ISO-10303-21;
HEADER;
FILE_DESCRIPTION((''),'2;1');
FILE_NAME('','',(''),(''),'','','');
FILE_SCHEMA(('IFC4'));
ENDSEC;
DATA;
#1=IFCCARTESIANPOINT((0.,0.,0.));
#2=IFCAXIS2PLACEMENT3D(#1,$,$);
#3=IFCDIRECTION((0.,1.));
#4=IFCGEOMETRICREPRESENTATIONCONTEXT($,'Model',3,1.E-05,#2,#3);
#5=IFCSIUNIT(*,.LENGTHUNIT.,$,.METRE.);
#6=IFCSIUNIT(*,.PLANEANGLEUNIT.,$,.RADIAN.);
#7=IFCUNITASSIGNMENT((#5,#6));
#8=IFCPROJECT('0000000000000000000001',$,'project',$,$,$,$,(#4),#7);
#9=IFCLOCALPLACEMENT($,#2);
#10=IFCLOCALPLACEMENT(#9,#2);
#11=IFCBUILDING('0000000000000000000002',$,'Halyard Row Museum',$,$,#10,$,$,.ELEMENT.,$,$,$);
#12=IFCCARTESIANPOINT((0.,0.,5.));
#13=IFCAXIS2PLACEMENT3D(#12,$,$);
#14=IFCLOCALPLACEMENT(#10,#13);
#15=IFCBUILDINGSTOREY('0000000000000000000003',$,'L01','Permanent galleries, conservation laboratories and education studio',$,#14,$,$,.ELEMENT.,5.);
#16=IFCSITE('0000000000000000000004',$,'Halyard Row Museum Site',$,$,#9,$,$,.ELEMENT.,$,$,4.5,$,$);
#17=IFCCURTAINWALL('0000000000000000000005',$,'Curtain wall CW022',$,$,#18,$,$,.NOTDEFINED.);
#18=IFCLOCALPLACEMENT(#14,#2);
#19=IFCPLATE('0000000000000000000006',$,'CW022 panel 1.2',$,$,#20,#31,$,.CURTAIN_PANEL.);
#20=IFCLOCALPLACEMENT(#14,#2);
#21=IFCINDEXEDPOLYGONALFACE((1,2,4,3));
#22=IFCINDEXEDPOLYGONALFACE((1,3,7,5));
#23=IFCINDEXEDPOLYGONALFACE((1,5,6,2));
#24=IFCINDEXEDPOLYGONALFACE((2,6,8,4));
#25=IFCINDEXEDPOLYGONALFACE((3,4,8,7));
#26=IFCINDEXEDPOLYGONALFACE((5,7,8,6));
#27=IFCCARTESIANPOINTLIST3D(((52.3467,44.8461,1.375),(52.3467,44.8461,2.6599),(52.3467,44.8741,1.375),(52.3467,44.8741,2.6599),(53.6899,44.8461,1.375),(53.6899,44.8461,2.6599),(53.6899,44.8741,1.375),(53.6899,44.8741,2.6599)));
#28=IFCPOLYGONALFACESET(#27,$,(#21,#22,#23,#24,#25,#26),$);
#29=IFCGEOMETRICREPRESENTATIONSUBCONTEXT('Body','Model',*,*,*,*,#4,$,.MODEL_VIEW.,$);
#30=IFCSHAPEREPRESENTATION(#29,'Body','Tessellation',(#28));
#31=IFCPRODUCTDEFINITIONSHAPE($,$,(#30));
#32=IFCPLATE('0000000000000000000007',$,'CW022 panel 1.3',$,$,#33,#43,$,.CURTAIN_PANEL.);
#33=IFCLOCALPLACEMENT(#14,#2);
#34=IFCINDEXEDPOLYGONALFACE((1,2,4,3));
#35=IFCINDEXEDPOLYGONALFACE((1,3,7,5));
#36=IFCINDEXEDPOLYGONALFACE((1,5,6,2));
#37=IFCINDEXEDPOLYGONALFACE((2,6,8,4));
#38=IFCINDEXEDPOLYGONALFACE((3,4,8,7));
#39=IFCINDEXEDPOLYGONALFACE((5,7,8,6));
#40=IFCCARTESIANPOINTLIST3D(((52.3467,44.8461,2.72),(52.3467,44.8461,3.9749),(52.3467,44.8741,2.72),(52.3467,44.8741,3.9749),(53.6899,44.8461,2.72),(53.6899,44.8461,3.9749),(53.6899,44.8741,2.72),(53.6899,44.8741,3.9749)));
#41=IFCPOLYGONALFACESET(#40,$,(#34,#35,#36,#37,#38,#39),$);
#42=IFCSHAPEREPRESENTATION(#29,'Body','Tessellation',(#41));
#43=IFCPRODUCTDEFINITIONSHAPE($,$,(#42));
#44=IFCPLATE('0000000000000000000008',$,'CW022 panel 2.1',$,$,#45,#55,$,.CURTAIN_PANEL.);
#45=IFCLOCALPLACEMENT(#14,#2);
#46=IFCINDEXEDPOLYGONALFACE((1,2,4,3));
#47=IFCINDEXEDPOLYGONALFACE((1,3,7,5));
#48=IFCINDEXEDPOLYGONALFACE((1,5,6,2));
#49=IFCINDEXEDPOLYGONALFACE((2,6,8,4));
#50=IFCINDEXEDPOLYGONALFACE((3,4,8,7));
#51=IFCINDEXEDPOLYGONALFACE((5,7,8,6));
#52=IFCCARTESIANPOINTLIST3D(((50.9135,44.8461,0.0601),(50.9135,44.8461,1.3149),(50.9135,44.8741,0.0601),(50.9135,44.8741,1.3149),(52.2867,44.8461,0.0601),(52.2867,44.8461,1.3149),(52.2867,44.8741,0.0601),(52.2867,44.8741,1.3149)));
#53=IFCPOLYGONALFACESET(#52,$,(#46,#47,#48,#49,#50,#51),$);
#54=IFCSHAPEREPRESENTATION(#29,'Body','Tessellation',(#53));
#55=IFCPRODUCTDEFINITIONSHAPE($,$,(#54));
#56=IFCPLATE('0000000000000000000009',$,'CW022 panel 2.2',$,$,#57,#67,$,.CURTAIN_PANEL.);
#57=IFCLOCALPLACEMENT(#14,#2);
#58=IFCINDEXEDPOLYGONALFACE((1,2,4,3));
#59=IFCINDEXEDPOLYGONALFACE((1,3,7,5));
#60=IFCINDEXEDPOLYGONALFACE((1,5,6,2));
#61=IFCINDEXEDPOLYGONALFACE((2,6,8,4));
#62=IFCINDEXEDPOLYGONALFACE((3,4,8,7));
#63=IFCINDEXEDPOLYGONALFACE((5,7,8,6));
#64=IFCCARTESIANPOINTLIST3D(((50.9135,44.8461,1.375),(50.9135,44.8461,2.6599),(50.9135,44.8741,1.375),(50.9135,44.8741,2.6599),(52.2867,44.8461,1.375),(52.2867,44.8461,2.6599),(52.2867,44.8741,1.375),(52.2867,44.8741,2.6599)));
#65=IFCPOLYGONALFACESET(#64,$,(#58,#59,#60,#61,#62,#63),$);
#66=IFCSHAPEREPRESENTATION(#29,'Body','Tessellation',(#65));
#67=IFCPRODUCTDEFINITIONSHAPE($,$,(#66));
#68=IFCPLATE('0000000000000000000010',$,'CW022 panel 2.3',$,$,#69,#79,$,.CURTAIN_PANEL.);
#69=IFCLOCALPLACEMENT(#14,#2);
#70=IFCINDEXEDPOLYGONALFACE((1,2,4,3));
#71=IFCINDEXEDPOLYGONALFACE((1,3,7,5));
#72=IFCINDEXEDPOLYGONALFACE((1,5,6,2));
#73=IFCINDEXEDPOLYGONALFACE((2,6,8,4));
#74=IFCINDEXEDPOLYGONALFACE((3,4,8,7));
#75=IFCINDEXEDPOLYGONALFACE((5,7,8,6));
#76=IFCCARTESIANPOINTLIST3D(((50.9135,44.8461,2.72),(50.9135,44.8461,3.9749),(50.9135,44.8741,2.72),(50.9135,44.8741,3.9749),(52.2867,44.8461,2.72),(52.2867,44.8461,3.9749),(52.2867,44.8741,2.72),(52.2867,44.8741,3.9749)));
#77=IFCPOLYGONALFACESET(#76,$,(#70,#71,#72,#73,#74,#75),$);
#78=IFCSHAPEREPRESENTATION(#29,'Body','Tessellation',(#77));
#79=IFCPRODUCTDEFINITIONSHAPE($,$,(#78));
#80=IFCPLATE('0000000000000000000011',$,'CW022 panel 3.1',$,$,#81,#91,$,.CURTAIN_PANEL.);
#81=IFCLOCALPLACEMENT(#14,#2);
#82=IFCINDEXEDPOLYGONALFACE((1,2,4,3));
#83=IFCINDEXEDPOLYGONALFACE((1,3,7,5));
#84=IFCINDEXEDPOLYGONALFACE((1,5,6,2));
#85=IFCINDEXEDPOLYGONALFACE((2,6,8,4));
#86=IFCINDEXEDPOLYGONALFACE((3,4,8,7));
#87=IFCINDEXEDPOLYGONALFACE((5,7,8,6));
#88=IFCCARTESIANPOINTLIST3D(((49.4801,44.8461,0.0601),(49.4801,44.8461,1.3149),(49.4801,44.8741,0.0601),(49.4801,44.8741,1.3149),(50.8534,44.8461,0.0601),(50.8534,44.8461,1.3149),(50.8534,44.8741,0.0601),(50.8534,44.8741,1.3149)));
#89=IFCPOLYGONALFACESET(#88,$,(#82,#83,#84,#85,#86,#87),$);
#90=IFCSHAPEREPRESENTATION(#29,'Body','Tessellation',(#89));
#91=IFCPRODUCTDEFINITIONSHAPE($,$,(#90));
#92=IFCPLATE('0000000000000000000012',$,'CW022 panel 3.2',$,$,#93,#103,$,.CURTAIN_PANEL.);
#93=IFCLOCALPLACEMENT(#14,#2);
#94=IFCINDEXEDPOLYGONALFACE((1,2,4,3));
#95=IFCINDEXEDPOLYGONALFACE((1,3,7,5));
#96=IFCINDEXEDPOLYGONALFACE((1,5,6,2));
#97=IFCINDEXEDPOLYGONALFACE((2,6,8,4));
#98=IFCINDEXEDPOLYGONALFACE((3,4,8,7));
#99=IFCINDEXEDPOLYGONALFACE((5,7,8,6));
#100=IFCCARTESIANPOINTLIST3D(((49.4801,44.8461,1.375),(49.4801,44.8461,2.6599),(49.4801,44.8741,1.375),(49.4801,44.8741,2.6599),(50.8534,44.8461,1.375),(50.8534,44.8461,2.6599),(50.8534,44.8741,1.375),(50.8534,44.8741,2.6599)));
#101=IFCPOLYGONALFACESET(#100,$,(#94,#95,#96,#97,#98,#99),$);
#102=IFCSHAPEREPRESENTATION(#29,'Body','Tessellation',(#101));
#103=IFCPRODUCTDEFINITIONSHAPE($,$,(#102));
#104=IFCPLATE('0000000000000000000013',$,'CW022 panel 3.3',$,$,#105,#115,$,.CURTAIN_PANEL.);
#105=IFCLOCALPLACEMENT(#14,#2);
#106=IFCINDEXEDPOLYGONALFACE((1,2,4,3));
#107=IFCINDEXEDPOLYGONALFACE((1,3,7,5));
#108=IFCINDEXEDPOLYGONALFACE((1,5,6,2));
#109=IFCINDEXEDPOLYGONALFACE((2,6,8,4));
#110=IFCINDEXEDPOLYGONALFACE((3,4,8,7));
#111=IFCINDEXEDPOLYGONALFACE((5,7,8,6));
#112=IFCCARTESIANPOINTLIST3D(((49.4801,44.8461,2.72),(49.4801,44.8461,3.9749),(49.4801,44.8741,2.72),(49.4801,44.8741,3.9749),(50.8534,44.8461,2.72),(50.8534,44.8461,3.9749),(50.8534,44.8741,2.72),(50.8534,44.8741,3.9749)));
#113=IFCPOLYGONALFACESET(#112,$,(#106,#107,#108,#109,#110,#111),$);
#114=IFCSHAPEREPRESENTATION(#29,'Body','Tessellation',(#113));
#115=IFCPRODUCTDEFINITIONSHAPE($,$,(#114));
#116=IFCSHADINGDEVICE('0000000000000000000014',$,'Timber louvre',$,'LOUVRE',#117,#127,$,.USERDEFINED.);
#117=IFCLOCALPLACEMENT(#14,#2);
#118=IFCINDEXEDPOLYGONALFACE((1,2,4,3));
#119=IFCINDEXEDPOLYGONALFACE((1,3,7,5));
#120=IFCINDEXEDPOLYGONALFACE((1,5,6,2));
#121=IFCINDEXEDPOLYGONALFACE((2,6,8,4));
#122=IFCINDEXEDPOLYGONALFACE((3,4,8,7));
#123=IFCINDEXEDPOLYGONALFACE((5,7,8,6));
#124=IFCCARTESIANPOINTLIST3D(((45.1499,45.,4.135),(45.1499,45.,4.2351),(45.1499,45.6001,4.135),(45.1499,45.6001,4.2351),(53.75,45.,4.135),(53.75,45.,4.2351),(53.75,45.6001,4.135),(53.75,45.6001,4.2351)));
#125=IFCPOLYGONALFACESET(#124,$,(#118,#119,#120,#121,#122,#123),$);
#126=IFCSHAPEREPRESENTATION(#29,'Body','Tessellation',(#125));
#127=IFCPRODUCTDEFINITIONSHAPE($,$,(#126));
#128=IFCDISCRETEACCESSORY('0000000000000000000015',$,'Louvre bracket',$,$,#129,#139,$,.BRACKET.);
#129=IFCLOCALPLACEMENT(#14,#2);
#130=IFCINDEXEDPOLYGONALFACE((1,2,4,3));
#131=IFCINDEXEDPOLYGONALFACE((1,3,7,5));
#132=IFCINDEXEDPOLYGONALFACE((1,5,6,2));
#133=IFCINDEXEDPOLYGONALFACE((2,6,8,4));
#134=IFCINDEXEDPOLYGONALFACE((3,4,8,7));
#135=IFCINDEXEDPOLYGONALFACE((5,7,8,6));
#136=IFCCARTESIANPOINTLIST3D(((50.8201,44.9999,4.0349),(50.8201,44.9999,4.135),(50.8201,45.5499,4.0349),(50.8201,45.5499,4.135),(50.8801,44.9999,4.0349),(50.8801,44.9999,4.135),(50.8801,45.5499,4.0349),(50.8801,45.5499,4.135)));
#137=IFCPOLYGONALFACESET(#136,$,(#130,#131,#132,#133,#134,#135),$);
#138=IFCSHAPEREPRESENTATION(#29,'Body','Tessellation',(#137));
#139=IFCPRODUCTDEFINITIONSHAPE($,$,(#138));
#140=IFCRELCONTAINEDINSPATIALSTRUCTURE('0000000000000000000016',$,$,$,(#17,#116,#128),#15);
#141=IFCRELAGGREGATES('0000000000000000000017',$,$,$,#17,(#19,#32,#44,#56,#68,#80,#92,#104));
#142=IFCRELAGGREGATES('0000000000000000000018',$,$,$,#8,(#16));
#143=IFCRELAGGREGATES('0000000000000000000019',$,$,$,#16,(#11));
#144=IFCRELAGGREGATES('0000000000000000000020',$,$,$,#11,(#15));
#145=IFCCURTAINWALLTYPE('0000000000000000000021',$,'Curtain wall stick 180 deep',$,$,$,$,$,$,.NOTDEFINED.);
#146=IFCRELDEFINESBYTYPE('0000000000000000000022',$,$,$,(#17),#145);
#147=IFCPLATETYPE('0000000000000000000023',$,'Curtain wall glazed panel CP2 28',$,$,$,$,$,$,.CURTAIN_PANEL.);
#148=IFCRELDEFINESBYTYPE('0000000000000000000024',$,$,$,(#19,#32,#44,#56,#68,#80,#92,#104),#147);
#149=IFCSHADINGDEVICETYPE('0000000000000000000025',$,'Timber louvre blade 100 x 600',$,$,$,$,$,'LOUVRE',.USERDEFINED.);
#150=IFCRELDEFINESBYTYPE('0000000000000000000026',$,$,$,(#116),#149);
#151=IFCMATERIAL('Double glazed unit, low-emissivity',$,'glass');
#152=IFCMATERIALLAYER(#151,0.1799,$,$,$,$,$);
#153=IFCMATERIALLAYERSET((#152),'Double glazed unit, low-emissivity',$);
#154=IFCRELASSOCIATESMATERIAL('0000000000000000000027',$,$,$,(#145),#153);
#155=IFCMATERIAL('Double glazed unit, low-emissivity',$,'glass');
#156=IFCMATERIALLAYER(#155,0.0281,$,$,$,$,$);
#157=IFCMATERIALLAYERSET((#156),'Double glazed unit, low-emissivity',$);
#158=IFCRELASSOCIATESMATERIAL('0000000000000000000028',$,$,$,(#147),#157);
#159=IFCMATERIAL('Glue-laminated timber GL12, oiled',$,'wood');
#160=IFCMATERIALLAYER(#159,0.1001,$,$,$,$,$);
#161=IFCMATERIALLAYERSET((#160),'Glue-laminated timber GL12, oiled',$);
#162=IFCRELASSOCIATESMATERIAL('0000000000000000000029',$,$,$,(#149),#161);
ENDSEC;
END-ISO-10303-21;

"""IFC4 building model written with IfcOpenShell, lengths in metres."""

from ifc_helpers import new_model, si_unit, direction, frame, origin, origin_2d, place, context, subcontext, project, spatial, rectangle, extrude, material, layer, layer_set, type_object, element, aggregate, save


model = new_model("IFC4")

# Units and contexts
model_context = context("Model", 3, precision=1e-05, world=origin(), true_north=direction((0.0, 1.0)))
body_context = subcontext(model_context, "Body", "Model", "MODEL_VIEW")
ifc_project = project(units=[si_unit("LENGTHUNIT", "METRE"), si_unit("PLANEANGLEUNIT", "RADIAN")], contexts=[model_context])

# Site, building, storey
site_placement = place(None, origin())
site = spatial("IfcSite", under=ifc_project, at=site_placement, Name="Halyard Row Museum Site", CompositionType="ELEMENT", RefElevation=4.5)
building_placement = place(site_placement, origin())
building = spatial("IfcBuilding", under=site, at=building_placement, Name="Halyard Row Museum", CompositionType="ELEMENT")
storey_placement = place(building_placement, frame((0.0, 0.0, 5.0)))
storey = spatial("IfcBuildingStorey", under=building, at=storey_placement, Name="L01", Description="Permanent galleries, conservation laboratories and education studio", CompositionType="ELEMENT", Elevation=5.0)

# Curtain wall, plates
ifc_material_1 = material(Name="Double glazed unit, low-emissivity", Category="glass")
ifc_layer_1 = layer(ifc_material_1, 0.1799)
ifc_layer_set_1 = layer_set([ifc_layer_1], Name="Double glazed unit, low-emissivity")
curtain_wall_type = type_object("IfcCurtainWallType", Name="Curtain wall stick 180 deep", PredefinedType="NOTDEFINED", material=ifc_layer_set_1)
curtain_wall_placement = place(storey_placement, origin())
curtain_wall = element("IfcCurtainWall", 1, at=curtain_wall_placement, inside=storey, type_object=curtain_wall_type, Name="Curtain wall CW022", PredefinedType="NOTDEFINED")
ifc_material_2 = material(Name="Double glazed unit, low-emissivity", Category="glass")
ifc_layer_2 = layer(ifc_material_2, 0.0281)
ifc_layer_set_2 = layer_set([ifc_layer_2], Name="Double glazed unit, low-emissivity")
plate_type = type_object("IfcPlateType", Name="Curtain wall glazed panel CP2 28", PredefinedType="CURTAIN_PANEL", material=ifc_layer_set_2)
plate_1_placement = place(storey_placement, frame((53.0183, 44.8601, 1.375), z_axis=(0.0, 0.0, 1.0), x_axis=(-1.0, 0.0, 0.0)))
plate_1 = element("IfcPlate", 2, at=plate_1_placement, type_object=plate_type, Name="CW022 panel 1.2", PredefinedType="CURTAIN_PANEL", context=body_context, shape_type="SweptSolid", body=[
    extrude(rectangle(XDim=1.3433, YDim=0.0281, at=origin_2d()), origin(), (0.0, 0.0, 1.0), 1.2849),
])
plate_2_placement = place(storey_placement, frame((53.0183, 44.8601, 2.72), z_axis=(0.0, 0.0, 1.0), x_axis=(-1.0, 0.0, 0.0)))
plate_2 = element("IfcPlate", 3, at=plate_2_placement, type_object=plate_type, Name="CW022 panel 1.3", PredefinedType="CURTAIN_PANEL", context=body_context, shape_type="SweptSolid", body=[
    extrude(rectangle(XDim=1.3433, YDim=0.0281, at=origin_2d()), origin(), (0.0, 0.0, 1.0), 1.2549),
])
plate_3_placement = place(storey_placement, frame((51.6001, 44.8601, 0.0601), z_axis=(0.0, 0.0, 1.0), x_axis=(-1.0, 0.0, 0.0)))
plate_3 = element("IfcPlate", 4, at=plate_3_placement, type_object=plate_type, Name="CW022 panel 2.1", PredefinedType="CURTAIN_PANEL", context=body_context, shape_type="SweptSolid", body=[
    extrude(rectangle(XDim=1.3733, YDim=0.0281, at=origin_2d()), origin(), (0.0, 0.0, 1.0), 1.2549),
])
plate_4_placement = place(storey_placement, frame((51.6001, 44.8601, 1.375), z_axis=(0.0, 0.0, 1.0), x_axis=(-1.0, 0.0, 0.0)))
plate_4 = element("IfcPlate", 5, at=plate_4_placement, type_object=plate_type, Name="CW022 panel 2.2", PredefinedType="CURTAIN_PANEL", context=body_context, shape_type="SweptSolid", body=[
    extrude(rectangle(XDim=1.3733, YDim=0.0281, at=origin_2d()), origin(), (0.0, 0.0, 1.0), 1.2849),
])
plate_5_placement = place(storey_placement, frame((51.6001, 44.8601, 2.72), z_axis=(0.0, 0.0, 1.0), x_axis=(-1.0, 0.0, 0.0)))
plate_5 = element("IfcPlate", 6, at=plate_5_placement, type_object=plate_type, Name="CW022 panel 2.3", PredefinedType="CURTAIN_PANEL", context=body_context, shape_type="SweptSolid", body=[
    extrude(rectangle(XDim=1.3733, YDim=0.0281, at=origin_2d()), origin(), (0.0, 0.0, 1.0), 1.2549),
])
plate_6_placement = place(storey_placement, frame((50.1667, 44.8601, 0.0601), z_axis=(0.0, 0.0, 1.0), x_axis=(-1.0, 0.0, 0.0)))
plate_6 = element("IfcPlate", 7, at=plate_6_placement, type_object=plate_type, Name="CW022 panel 3.1", PredefinedType="CURTAIN_PANEL", context=body_context, shape_type="SweptSolid", body=[
    extrude(rectangle(XDim=1.3733, YDim=0.0281, at=origin_2d()), origin(), (0.0, 0.0, 1.0), 1.2549),
])
plate_7_placement = place(storey_placement, frame((50.1667, 44.8601, 1.375), z_axis=(0.0, 0.0, 1.0), x_axis=(-1.0, 0.0, 0.0)))
plate_7 = element("IfcPlate", 8, at=plate_7_placement, type_object=plate_type, Name="CW022 panel 3.2", PredefinedType="CURTAIN_PANEL", context=body_context, shape_type="SweptSolid", body=[
    extrude(rectangle(XDim=1.3733, YDim=0.0281, at=origin_2d()), origin(), (0.0, 0.0, 1.0), 1.2849),
])
plate_8_placement = place(storey_placement, frame((50.1667, 44.8601, 2.72), z_axis=(0.0, 0.0, 1.0), x_axis=(-1.0, 0.0, 0.0)))
plate_8 = element("IfcPlate", 9, at=plate_8_placement, type_object=plate_type, Name="CW022 panel 3.3", PredefinedType="CURTAIN_PANEL", context=body_context, shape_type="SweptSolid", body=[
    extrude(rectangle(XDim=1.3733, YDim=0.0281, at=origin_2d()), origin(), (0.0, 0.0, 1.0), 1.2549),
])
aggregate(curtain_wall, [plate_1, plate_2, plate_3, plate_4, plate_5, plate_6, plate_7, plate_8])

# Shading device
ifc_material_3 = material(Name="Glue-laminated timber GL12, oiled", Category="wood")
ifc_layer_3 = layer(ifc_material_3, 0.1001)
ifc_layer_set_3 = layer_set([ifc_layer_3], Name="Glue-laminated timber GL12, oiled")
shading_device_type = type_object("IfcShadingDeviceType", Name="Timber louvre blade 100 x 600", ElementType="LOUVRE", PredefinedType="USERDEFINED", material=ifc_layer_set_3)
shading_device_placement = place(storey_placement, frame((49.45, 45.3, 4.135), z_axis=(0.0, 0.0, 1.0), x_axis=(1.0, 0.0, 0.0)))
element("IfcShadingDevice", 10, at=shading_device_placement, inside=storey, type_object=shading_device_type, Name="Timber louvre", ObjectType="LOUVRE", PredefinedType="USERDEFINED", context=body_context, shape_type="SweptSolid", body=[
    extrude(rectangle(XDim=8.6001, YDim=0.6001, at=origin_2d()), origin(), (0.0, 0.0, 1.0), 0.1001),
])

# Discrete accessory
discrete_accessory_placement = place(storey_placement, frame((50.8501, 45.2749, 4.0349), z_axis=(0.0, 0.0, 1.0), x_axis=(1.0, 0.0, 0.0)))
element("IfcDiscreteAccessory", 11, at=discrete_accessory_placement, inside=storey, Name="Louvre bracket", PredefinedType="BRACKET", context=body_context, shape_type="SweptSolid", body=[
    extrude(rectangle(XDim=0.0601, YDim=0.55, at=origin_2d()), origin(), (0.0, 0.0, 1.0), 0.1001),
])

save(model, "model.ifc")
